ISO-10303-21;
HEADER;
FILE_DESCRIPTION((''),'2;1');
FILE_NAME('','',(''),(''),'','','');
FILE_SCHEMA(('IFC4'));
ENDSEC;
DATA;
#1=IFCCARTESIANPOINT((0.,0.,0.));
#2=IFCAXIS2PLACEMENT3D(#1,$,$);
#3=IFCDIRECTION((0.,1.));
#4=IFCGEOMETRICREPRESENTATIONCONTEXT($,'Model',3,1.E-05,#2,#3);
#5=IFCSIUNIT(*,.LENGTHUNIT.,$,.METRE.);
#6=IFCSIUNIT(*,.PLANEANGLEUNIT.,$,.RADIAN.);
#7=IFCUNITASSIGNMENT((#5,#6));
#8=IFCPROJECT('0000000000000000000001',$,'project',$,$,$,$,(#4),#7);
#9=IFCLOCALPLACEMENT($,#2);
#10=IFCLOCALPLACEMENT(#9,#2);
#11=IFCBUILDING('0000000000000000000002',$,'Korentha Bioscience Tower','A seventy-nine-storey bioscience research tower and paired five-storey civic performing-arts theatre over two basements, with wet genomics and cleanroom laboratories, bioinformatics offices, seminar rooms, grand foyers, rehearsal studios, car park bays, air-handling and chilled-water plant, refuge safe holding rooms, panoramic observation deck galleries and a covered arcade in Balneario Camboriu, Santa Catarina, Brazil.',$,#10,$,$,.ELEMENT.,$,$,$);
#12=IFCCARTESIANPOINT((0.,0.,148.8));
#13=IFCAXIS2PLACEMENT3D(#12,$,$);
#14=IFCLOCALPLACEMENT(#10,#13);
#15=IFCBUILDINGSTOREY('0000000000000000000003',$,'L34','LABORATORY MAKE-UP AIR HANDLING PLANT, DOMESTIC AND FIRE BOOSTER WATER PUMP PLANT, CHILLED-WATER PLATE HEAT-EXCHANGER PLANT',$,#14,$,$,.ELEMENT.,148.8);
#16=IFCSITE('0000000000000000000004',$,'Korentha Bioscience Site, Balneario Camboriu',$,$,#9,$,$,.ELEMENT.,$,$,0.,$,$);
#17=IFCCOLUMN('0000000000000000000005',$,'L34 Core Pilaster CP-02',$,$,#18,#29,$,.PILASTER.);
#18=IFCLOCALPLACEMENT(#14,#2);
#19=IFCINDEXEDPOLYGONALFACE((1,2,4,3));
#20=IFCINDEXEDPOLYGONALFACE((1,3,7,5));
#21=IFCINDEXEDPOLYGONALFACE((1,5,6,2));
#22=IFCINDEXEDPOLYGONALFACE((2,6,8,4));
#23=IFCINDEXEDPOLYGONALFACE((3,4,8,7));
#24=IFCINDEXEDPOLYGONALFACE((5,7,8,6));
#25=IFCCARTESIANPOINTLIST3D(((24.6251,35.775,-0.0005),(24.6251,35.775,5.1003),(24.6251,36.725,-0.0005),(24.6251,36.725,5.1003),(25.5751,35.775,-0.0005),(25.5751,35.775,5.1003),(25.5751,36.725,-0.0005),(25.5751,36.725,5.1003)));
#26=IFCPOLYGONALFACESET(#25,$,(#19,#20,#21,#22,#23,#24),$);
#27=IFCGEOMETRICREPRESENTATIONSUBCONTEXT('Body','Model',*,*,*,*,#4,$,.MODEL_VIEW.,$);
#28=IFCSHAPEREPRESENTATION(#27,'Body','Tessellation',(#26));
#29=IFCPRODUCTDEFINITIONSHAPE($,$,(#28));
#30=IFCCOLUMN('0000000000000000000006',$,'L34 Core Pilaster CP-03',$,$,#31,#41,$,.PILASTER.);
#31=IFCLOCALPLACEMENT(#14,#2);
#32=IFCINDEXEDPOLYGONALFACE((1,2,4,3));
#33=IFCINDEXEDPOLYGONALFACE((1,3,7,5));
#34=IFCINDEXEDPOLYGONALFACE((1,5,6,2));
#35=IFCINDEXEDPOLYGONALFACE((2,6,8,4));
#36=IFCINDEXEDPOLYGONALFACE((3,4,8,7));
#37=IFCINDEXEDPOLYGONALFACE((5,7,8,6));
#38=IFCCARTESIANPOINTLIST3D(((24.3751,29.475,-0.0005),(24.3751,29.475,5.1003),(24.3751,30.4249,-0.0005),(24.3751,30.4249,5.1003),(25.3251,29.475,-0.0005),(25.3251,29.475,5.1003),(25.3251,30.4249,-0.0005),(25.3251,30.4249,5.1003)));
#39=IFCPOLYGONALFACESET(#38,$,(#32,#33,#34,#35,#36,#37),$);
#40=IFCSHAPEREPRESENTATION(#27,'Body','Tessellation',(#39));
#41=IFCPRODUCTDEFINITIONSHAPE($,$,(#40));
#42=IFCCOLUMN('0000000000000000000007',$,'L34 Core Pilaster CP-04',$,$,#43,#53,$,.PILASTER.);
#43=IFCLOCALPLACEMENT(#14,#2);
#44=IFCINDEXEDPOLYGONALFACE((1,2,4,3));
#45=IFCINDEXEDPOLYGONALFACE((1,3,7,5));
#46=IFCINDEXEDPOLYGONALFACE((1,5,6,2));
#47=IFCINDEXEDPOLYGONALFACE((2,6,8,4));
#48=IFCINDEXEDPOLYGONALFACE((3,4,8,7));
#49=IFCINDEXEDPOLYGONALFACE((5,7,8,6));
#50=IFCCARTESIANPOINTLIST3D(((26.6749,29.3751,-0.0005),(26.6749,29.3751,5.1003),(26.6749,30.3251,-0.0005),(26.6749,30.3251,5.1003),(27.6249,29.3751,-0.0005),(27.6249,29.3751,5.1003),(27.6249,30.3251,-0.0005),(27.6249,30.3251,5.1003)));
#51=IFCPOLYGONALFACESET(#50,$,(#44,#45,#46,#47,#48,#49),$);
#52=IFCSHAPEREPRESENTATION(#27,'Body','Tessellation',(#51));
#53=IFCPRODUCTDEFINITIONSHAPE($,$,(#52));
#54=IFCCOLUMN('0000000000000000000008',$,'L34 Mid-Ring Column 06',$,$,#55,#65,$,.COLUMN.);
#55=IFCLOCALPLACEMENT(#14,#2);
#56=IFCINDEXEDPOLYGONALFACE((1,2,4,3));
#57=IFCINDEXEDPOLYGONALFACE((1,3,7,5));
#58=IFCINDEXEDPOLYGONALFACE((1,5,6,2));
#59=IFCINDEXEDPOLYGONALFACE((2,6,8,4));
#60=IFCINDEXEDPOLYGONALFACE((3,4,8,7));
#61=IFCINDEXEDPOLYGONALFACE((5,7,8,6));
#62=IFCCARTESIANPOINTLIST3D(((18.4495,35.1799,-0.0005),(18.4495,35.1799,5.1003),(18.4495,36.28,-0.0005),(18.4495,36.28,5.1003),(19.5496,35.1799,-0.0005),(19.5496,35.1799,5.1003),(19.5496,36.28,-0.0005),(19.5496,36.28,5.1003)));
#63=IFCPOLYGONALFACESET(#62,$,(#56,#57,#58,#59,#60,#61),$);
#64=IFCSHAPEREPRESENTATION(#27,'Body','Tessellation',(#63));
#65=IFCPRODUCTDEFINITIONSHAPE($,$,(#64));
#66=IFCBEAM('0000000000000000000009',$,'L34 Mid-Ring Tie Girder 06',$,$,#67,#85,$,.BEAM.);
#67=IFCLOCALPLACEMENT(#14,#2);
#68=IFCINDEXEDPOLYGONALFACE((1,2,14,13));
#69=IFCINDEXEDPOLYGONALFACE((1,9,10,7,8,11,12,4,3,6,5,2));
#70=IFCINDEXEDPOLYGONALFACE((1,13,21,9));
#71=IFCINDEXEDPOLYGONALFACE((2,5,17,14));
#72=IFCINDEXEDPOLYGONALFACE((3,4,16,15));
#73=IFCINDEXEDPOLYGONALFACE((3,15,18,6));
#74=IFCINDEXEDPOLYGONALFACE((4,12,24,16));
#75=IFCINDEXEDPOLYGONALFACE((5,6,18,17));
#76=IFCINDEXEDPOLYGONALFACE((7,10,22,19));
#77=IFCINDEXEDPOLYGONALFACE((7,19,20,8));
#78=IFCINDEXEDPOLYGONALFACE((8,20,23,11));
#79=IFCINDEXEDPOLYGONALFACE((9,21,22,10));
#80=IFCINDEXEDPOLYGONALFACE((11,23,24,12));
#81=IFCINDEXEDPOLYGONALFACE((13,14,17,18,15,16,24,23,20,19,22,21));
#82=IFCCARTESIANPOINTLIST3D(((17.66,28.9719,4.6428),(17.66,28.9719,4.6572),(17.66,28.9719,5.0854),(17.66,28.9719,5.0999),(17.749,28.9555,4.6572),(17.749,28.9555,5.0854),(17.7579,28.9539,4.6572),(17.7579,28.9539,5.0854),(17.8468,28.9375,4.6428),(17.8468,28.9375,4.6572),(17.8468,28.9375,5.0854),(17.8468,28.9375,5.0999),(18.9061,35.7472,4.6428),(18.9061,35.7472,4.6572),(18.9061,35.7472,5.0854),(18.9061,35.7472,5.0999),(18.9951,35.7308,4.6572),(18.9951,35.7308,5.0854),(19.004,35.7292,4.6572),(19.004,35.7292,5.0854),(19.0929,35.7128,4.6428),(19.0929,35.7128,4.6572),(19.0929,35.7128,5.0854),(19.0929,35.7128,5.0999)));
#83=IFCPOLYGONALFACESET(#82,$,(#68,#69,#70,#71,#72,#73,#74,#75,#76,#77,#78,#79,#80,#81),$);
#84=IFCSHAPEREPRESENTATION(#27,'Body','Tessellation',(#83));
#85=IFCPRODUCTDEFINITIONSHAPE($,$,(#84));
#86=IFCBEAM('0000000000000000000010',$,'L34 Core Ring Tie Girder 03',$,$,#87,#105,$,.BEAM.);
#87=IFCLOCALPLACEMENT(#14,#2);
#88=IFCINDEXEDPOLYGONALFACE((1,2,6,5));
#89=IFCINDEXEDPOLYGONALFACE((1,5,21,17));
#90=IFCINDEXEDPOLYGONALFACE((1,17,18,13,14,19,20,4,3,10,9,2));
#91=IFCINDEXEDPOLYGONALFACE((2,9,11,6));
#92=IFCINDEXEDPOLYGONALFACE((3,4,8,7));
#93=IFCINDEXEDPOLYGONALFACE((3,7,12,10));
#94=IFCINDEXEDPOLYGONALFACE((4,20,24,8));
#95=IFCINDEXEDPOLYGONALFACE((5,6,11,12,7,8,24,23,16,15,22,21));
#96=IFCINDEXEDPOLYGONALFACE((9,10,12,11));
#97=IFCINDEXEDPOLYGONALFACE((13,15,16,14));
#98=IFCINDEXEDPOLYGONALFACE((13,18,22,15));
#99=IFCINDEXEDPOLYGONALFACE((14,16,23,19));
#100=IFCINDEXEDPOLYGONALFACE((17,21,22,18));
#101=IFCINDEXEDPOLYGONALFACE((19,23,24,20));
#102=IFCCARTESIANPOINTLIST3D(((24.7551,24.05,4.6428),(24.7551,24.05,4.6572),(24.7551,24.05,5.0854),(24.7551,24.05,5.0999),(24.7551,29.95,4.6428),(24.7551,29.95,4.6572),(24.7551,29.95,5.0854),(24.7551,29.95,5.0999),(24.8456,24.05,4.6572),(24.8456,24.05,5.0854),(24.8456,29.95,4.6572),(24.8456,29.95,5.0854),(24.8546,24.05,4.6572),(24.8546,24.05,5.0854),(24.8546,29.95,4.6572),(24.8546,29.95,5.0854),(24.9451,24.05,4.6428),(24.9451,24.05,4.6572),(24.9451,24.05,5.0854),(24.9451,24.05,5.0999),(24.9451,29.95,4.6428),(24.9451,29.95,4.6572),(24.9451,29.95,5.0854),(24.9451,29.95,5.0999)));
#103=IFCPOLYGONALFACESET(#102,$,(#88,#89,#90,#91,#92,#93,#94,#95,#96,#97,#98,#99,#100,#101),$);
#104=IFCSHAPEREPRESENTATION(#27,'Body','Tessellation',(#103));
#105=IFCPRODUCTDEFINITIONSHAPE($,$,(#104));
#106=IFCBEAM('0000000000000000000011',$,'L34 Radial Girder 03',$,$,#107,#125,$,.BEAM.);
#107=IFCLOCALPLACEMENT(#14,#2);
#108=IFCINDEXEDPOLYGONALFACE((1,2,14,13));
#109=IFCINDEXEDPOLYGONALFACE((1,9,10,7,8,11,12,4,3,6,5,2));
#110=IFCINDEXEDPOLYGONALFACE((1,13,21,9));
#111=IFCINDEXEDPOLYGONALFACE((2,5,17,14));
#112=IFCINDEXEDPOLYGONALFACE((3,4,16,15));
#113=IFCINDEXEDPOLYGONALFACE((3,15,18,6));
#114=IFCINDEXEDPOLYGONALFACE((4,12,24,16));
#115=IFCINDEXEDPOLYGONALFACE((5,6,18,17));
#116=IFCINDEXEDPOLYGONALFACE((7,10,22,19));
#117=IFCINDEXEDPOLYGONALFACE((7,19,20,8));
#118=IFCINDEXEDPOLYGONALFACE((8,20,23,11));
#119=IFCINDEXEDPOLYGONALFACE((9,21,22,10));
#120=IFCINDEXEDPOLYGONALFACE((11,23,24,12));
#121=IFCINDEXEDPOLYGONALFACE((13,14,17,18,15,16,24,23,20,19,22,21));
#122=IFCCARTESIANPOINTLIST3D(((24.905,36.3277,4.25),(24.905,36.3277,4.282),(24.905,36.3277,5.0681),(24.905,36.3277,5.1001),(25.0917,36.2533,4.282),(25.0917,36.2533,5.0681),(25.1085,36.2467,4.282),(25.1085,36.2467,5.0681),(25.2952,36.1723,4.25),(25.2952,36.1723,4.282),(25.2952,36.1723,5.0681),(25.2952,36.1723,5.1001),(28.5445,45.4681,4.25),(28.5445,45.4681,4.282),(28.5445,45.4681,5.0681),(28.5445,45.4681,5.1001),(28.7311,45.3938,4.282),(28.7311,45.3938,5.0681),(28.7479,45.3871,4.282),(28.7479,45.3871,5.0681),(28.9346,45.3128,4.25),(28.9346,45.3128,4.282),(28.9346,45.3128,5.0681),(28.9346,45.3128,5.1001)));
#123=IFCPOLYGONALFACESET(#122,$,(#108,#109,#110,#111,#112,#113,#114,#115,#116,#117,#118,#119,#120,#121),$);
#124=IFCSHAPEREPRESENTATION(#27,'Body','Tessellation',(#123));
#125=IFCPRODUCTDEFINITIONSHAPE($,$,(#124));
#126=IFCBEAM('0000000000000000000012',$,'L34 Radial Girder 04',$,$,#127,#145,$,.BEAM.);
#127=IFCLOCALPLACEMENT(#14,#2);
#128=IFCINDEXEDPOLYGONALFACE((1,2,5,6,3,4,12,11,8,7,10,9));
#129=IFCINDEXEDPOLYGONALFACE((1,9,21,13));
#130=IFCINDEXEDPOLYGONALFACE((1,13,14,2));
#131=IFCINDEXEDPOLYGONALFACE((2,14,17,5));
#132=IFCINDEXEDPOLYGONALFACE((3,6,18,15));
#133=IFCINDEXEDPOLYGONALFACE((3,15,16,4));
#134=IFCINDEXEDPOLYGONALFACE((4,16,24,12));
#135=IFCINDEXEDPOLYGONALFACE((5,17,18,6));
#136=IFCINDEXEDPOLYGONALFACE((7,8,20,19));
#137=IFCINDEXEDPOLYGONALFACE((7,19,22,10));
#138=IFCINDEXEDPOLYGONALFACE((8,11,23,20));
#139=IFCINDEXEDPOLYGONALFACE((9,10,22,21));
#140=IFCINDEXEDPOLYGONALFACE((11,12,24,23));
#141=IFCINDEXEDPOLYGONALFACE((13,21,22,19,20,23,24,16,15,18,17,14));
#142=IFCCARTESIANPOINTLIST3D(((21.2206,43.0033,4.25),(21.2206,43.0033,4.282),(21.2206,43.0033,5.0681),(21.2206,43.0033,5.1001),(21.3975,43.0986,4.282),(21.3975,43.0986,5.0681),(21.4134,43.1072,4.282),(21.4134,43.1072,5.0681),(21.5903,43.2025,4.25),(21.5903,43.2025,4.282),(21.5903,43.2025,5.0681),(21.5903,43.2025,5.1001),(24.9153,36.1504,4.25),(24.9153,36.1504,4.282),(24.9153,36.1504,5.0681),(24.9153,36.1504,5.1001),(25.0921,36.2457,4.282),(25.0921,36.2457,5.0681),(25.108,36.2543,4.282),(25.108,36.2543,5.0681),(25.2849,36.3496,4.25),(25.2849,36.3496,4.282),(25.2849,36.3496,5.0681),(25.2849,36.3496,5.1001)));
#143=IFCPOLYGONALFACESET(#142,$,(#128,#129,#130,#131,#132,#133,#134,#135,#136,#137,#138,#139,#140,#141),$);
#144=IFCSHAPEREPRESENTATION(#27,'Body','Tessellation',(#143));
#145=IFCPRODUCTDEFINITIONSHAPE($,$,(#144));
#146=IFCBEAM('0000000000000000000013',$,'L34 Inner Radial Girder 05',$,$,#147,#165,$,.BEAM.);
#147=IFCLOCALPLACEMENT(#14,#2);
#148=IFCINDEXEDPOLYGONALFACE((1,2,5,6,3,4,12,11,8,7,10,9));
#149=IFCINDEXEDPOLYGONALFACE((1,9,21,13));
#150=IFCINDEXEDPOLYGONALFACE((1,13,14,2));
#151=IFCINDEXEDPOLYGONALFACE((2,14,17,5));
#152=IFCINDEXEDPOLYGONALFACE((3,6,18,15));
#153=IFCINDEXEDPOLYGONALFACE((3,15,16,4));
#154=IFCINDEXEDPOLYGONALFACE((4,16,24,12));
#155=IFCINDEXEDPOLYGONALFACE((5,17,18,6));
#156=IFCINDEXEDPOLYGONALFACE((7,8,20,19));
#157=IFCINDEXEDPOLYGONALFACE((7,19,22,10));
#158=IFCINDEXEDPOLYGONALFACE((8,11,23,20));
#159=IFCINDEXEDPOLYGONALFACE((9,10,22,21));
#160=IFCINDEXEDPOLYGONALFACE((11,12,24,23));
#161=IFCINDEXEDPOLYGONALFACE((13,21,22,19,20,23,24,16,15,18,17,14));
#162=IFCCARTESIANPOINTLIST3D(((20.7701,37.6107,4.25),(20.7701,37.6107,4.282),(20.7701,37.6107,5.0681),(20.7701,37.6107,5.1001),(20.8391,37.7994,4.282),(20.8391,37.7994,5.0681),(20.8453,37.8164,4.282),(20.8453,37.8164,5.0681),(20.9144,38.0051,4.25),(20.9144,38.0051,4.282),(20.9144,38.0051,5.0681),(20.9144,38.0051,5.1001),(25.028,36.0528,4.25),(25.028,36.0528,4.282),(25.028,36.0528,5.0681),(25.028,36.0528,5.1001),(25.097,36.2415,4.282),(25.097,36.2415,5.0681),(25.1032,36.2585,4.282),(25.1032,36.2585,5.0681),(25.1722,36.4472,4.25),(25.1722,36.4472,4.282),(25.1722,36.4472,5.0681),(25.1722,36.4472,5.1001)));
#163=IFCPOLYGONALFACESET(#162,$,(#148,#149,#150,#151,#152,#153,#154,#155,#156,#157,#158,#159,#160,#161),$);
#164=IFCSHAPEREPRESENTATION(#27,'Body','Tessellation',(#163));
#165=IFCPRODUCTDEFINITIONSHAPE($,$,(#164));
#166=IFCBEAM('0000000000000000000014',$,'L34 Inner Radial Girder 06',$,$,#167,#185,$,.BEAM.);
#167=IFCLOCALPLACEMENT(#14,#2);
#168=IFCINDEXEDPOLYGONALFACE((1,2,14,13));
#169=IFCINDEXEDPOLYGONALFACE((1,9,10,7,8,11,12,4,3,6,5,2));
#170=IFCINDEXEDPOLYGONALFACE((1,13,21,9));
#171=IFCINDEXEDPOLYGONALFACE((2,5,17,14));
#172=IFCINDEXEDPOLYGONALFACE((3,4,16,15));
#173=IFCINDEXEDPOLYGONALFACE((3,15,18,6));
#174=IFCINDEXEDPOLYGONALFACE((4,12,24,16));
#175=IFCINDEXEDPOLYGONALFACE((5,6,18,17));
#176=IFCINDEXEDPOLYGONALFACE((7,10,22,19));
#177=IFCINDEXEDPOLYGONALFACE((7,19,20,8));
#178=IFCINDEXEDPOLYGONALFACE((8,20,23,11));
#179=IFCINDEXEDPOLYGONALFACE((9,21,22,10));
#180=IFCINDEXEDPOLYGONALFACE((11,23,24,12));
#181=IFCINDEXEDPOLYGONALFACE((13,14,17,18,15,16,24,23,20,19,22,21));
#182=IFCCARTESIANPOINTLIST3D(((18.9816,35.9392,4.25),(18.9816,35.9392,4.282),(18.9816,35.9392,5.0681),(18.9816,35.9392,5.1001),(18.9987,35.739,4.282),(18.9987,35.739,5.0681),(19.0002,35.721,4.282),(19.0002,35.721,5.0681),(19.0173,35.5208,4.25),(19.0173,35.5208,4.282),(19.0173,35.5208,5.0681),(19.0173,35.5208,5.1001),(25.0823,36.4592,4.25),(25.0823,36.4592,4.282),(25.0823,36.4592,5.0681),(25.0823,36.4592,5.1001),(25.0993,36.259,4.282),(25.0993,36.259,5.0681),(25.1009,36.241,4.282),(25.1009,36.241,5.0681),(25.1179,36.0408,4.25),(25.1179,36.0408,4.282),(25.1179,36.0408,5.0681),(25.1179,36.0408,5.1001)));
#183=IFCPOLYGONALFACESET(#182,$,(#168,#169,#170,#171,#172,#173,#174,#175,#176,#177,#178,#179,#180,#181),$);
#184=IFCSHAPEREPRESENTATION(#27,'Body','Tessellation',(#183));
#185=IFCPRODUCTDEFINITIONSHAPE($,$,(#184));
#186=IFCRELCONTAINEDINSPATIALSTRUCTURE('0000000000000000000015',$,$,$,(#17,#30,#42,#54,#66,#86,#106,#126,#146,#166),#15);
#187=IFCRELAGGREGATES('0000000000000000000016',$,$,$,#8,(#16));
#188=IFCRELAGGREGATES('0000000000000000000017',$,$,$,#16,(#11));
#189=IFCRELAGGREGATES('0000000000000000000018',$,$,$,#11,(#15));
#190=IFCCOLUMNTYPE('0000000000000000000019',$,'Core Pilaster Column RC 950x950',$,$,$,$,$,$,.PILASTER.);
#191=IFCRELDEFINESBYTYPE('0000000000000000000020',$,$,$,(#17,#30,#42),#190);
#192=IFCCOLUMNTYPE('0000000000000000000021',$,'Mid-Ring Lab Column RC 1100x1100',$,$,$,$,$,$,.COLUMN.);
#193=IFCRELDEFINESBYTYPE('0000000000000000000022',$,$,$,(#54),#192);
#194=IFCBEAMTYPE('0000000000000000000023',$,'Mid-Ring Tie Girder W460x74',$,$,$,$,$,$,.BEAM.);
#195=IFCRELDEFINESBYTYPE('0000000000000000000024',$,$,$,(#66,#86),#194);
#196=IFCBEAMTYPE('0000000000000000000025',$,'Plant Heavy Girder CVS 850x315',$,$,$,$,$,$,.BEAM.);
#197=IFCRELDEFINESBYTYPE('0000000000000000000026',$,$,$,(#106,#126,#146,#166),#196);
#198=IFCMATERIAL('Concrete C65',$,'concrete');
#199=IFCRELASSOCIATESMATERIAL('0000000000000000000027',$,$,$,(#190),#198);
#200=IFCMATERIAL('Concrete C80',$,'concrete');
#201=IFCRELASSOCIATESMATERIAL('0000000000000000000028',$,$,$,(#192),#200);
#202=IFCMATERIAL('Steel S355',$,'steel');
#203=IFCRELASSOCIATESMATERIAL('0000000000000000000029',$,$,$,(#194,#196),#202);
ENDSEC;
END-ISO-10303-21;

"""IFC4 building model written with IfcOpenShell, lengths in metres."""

from ifc_helpers import new_model, si_unit, direction, frame, origin, origin_2d, place, context, subcontext, project, spatial, rectangle, i_section, extrude, material, material_profile, profile_set, type_object, element, save


model = new_model("IFC4")

# Units and contexts
model_context = context("Model", 3, precision=1e-05, world=origin(), true_north=direction((0.0, 1.0)))
body_context = subcontext(model_context, "Body", "Model", "MODEL_VIEW")
ifc_project = project(units=[si_unit("LENGTHUNIT", "METRE"), si_unit("PLANEANGLEUNIT", "RADIAN")], contexts=[model_context])

# Site, building, storey
site_placement = place(None, origin())
site = spatial("IfcSite", under=ifc_project, at=site_placement, Name="Korentha Bioscience Site, Balneario Camboriu", CompositionType="ELEMENT", RefElevation=0.0)
building_placement = place(site_placement, origin())
building = spatial("IfcBuilding", under=site, at=building_placement, Name="Korentha Bioscience Tower", Description="A seventy-nine-storey bioscience research tower and paired five-storey civic performing-arts theatre over two basements, with wet genomics and cleanroom laboratories, bioinformatics offices, seminar rooms, grand foyers, rehearsal studios, car park bays, air-handling and chilled-water plant, refuge safe holding rooms, panoramic observation deck galleries and a covered arcade in Balneario Camboriu, Santa Catarina, Brazil.", CompositionType="ELEMENT")
storey_placement = place(building_placement, frame((0.0, 0.0, 148.8)))
storey = spatial("IfcBuildingStorey", under=building, at=storey_placement, Name="L34", Description="LABORATORY MAKE-UP AIR HANDLING PLANT, DOMESTIC AND FIRE BOOSTER WATER PUMP PLANT, CHILLED-WATER PLATE HEAT-EXCHANGER PLANT", CompositionType="ELEMENT", Elevation=148.8)

# Columns
ifc_material_1 = material(Name="Concrete C65", Category="concrete")
ifc_material_profile_1 = material_profile(ifc_material_1, rectangle(XDim=0.95, YDim=0.95, at=origin_2d()), Name="Concrete C65")
ifc_profile_set_1 = profile_set([ifc_material_profile_1], Name="Concrete C65 (COL-CP09)")
column_type_1 = type_object("IfcColumnType", Name="Core Pilaster Column RC 950x950", PredefinedType="PILASTER", material=ifc_profile_set_1)
for number, where, z_axis, x_axis, name in (
    (1, (25.1001, 36.25, -0.0005), (0.0, 0.0, 1.0), (1.0, 0.0, 0.0), "L34 Core Pilaster CP-02"),
    (2, (24.8501, 29.95, -0.0005), (0.0, 0.0, 1.0), (1.0, 0.0, 0.0), "L34 Core Pilaster CP-03"),
    (3, (27.1499, 29.8501, -0.0005), (0.0, 0.0, 1.0), (1.0, 0.0, 0.0), "L34 Core Pilaster CP-04"),
):
    element("IfcColumn", number, at=place(storey_placement, frame(where, z_axis=z_axis, x_axis=x_axis)), inside=storey, type_object=column_type_1, Name=name, PredefinedType="PILASTER", context=body_context, shape_type="SweptSolid", body=[
        extrude(rectangle(XDim=0.95, YDim=0.95, at=origin_2d()), origin(), (0.0, 0.0, 1.0), 5.1008),
    ])
ifc_material_2 = material(Name="Concrete C80", Category="concrete")
ifc_material_profile_2 = material_profile(ifc_material_2, rectangle(XDim=1.1001, YDim=1.1001, at=origin_2d()), Name="Concrete C80")
ifc_profile_set_2 = profile_set([ifc_material_profile_2], Name="Concrete C80 (COL-MR11)")
column_type_2 = type_object("IfcColumnType", Name="Mid-Ring Lab Column RC 1100x1100", PredefinedType="COLUMN", material=ifc_profile_set_2)
column_placement = place(storey_placement, frame((18.9995, 35.73, -0.0005), z_axis=(0.0, 0.0, 1.0), x_axis=(1.0, 0.0, 0.0)))
element("IfcColumn", 4, at=column_placement, inside=storey, type_object=column_type_2, Name="L34 Mid-Ring Column 06", PredefinedType="COLUMN", context=body_context, shape_type="SweptSolid", body=[
    extrude(rectangle(XDim=1.1001, YDim=1.1001, at=origin_2d()), origin(), (0.0, 0.0, 1.0), 5.1008),
])

# Beams
ifc_material_3 = material(Name="Steel S355", Category="steel")
ifc_material_profile_3 = material_profile(ifc_material_3, i_section(OverallWidth=0.1899, OverallDepth=0.457, WebThickness=0.009, FlangeThickness=0.0144, at=origin_2d()), Name="Steel S355")
ifc_profile_set_3 = profile_set([ifc_material_profile_3], Name="Steel S355 (MB-460)")
beam_type_1 = type_object("IfcBeamType", Name="Mid-Ring Tie Girder W460x74", PredefinedType="BEAM", material=ifc_profile_set_3)
beam_1_placement = place(storey_placement, frame((18.9995, 35.73, 4.8713), z_axis=(-0.180881, -0.983505, 0.0), x_axis=(0.983505, -0.180881, 0.0)))
element("IfcBeam", 5, at=beam_1_placement, inside=storey, type_object=beam_type_1, Name="L34 Mid-Ring Tie Girder 06", PredefinedType="BEAM", context=body_context, shape_type="SweptSolid", body=[
    extrude(i_section(OverallWidth=0.1899, OverallDepth=0.457, WebThickness=0.009, FlangeThickness=0.0144, at=origin_2d()), origin(), (0.0, 0.0, 1.0), 6.8889),
])
beam_2_placement = place(storey_placement, frame((24.8501, 29.95, 4.8713), z_axis=(0.0, -1.0, 0.0), x_axis=(1.0, 0.0, 0.0)))
element("IfcBeam", 6, at=beam_2_placement, inside=storey, type_object=beam_type_1, Name="L34 Core Ring Tie Girder 03", PredefinedType="BEAM", context=body_context, shape_type="SweptSolid", body=[
    extrude(i_section(OverallWidth=0.1899, OverallDepth=0.457, WebThickness=0.009, FlangeThickness=0.0144, at=origin_2d()), origin(), (0.0, 0.0, 1.0), 5.8999),
])
ifc_material_profile_4 = material_profile(ifc_material_3, i_section(OverallWidth=0.4199, OverallDepth=0.8501, WebThickness=0.0181, FlangeThickness=0.032, at=origin_2d()), Name="Steel S355")
ifc_profile_set_4 = profile_set([ifc_material_profile_4], Name="Steel S355 (MB-850)")
beam_type_2 = type_object("IfcBeamType", Name="Plant Heavy Girder CVS 850x315", PredefinedType="BEAM", material=ifc_profile_set_4)
beam_3_placement = place(storey_placement, frame((25.1001, 36.25, 4.675), z_axis=(0.369923, 0.929063, 0.0), x_axis=(-0.929063, 0.369923, 0.0)))
element("IfcBeam", 7, at=beam_3_placement, inside=storey, type_object=beam_type_2, Name="L34 Radial Girder 03", PredefinedType="BEAM", context=body_context, shape_type="SweptSolid", body=[
    extrude(i_section(OverallWidth=0.4199, OverallDepth=0.8501, WebThickness=0.0181, FlangeThickness=0.032, at=origin_2d()), origin(), (0.0, 0.0, 1.0), 9.8384),
])
beam_4_placement = place(storey_placement, frame((25.1001, 36.25, 4.675), z_axis=(-0.47456, 0.880223, 0.0), x_axis=(-0.880223, -0.47456, 0.0)))
element("IfcBeam", 8, at=beam_4_placement, inside=storey, type_object=beam_type_2, Name="L34 Radial Girder 04", PredefinedType="BEAM", context=body_context, shape_type="SweptSolid", body=[
    extrude(i_section(OverallWidth=0.4199, OverallDepth=0.8501, WebThickness=0.0181, FlangeThickness=0.032, at=origin_2d()), origin(), (0.0, 0.0, 1.0), 7.7854),
])
beam_5_placement = place(storey_placement, frame((25.1001, 36.25, 4.675), z_axis=(-0.939114, 0.343606, 0.0), x_axis=(-0.343606, -0.939114, 0.0)))
element("IfcBeam", 9, at=beam_5_placement, inside=storey, type_object=beam_type_2, Name="L34 Inner Radial Girder 05", PredefinedType="BEAM", context=body_context, shape_type="SweptSolid", body=[
    extrude(i_section(OverallWidth=0.4199, OverallDepth=0.8501, WebThickness=0.0181, FlangeThickness=0.032, at=origin_2d()), origin(), (0.0, 0.0, 1.0), 4.5339),
])
beam_6_placement = place(storey_placement, frame((25.1001, 36.25, 4.675), z_axis=(-0.996387, -0.084933, 0.0), x_axis=(0.084933, -0.996387, 0.0)))
element("IfcBeam", 10, at=beam_6_placement, inside=storey, type_object=beam_type_2, Name="L34 Inner Radial Girder 06", PredefinedType="BEAM", context=body_context, shape_type="SweptSolid", body=[
    extrude(i_section(OverallWidth=0.4199, OverallDepth=0.8501, WebThickness=0.0181, FlangeThickness=0.032, at=origin_2d()), origin(), (0.0, 0.0, 1.0), 6.1228),
])

save(model, "model.ifc")
